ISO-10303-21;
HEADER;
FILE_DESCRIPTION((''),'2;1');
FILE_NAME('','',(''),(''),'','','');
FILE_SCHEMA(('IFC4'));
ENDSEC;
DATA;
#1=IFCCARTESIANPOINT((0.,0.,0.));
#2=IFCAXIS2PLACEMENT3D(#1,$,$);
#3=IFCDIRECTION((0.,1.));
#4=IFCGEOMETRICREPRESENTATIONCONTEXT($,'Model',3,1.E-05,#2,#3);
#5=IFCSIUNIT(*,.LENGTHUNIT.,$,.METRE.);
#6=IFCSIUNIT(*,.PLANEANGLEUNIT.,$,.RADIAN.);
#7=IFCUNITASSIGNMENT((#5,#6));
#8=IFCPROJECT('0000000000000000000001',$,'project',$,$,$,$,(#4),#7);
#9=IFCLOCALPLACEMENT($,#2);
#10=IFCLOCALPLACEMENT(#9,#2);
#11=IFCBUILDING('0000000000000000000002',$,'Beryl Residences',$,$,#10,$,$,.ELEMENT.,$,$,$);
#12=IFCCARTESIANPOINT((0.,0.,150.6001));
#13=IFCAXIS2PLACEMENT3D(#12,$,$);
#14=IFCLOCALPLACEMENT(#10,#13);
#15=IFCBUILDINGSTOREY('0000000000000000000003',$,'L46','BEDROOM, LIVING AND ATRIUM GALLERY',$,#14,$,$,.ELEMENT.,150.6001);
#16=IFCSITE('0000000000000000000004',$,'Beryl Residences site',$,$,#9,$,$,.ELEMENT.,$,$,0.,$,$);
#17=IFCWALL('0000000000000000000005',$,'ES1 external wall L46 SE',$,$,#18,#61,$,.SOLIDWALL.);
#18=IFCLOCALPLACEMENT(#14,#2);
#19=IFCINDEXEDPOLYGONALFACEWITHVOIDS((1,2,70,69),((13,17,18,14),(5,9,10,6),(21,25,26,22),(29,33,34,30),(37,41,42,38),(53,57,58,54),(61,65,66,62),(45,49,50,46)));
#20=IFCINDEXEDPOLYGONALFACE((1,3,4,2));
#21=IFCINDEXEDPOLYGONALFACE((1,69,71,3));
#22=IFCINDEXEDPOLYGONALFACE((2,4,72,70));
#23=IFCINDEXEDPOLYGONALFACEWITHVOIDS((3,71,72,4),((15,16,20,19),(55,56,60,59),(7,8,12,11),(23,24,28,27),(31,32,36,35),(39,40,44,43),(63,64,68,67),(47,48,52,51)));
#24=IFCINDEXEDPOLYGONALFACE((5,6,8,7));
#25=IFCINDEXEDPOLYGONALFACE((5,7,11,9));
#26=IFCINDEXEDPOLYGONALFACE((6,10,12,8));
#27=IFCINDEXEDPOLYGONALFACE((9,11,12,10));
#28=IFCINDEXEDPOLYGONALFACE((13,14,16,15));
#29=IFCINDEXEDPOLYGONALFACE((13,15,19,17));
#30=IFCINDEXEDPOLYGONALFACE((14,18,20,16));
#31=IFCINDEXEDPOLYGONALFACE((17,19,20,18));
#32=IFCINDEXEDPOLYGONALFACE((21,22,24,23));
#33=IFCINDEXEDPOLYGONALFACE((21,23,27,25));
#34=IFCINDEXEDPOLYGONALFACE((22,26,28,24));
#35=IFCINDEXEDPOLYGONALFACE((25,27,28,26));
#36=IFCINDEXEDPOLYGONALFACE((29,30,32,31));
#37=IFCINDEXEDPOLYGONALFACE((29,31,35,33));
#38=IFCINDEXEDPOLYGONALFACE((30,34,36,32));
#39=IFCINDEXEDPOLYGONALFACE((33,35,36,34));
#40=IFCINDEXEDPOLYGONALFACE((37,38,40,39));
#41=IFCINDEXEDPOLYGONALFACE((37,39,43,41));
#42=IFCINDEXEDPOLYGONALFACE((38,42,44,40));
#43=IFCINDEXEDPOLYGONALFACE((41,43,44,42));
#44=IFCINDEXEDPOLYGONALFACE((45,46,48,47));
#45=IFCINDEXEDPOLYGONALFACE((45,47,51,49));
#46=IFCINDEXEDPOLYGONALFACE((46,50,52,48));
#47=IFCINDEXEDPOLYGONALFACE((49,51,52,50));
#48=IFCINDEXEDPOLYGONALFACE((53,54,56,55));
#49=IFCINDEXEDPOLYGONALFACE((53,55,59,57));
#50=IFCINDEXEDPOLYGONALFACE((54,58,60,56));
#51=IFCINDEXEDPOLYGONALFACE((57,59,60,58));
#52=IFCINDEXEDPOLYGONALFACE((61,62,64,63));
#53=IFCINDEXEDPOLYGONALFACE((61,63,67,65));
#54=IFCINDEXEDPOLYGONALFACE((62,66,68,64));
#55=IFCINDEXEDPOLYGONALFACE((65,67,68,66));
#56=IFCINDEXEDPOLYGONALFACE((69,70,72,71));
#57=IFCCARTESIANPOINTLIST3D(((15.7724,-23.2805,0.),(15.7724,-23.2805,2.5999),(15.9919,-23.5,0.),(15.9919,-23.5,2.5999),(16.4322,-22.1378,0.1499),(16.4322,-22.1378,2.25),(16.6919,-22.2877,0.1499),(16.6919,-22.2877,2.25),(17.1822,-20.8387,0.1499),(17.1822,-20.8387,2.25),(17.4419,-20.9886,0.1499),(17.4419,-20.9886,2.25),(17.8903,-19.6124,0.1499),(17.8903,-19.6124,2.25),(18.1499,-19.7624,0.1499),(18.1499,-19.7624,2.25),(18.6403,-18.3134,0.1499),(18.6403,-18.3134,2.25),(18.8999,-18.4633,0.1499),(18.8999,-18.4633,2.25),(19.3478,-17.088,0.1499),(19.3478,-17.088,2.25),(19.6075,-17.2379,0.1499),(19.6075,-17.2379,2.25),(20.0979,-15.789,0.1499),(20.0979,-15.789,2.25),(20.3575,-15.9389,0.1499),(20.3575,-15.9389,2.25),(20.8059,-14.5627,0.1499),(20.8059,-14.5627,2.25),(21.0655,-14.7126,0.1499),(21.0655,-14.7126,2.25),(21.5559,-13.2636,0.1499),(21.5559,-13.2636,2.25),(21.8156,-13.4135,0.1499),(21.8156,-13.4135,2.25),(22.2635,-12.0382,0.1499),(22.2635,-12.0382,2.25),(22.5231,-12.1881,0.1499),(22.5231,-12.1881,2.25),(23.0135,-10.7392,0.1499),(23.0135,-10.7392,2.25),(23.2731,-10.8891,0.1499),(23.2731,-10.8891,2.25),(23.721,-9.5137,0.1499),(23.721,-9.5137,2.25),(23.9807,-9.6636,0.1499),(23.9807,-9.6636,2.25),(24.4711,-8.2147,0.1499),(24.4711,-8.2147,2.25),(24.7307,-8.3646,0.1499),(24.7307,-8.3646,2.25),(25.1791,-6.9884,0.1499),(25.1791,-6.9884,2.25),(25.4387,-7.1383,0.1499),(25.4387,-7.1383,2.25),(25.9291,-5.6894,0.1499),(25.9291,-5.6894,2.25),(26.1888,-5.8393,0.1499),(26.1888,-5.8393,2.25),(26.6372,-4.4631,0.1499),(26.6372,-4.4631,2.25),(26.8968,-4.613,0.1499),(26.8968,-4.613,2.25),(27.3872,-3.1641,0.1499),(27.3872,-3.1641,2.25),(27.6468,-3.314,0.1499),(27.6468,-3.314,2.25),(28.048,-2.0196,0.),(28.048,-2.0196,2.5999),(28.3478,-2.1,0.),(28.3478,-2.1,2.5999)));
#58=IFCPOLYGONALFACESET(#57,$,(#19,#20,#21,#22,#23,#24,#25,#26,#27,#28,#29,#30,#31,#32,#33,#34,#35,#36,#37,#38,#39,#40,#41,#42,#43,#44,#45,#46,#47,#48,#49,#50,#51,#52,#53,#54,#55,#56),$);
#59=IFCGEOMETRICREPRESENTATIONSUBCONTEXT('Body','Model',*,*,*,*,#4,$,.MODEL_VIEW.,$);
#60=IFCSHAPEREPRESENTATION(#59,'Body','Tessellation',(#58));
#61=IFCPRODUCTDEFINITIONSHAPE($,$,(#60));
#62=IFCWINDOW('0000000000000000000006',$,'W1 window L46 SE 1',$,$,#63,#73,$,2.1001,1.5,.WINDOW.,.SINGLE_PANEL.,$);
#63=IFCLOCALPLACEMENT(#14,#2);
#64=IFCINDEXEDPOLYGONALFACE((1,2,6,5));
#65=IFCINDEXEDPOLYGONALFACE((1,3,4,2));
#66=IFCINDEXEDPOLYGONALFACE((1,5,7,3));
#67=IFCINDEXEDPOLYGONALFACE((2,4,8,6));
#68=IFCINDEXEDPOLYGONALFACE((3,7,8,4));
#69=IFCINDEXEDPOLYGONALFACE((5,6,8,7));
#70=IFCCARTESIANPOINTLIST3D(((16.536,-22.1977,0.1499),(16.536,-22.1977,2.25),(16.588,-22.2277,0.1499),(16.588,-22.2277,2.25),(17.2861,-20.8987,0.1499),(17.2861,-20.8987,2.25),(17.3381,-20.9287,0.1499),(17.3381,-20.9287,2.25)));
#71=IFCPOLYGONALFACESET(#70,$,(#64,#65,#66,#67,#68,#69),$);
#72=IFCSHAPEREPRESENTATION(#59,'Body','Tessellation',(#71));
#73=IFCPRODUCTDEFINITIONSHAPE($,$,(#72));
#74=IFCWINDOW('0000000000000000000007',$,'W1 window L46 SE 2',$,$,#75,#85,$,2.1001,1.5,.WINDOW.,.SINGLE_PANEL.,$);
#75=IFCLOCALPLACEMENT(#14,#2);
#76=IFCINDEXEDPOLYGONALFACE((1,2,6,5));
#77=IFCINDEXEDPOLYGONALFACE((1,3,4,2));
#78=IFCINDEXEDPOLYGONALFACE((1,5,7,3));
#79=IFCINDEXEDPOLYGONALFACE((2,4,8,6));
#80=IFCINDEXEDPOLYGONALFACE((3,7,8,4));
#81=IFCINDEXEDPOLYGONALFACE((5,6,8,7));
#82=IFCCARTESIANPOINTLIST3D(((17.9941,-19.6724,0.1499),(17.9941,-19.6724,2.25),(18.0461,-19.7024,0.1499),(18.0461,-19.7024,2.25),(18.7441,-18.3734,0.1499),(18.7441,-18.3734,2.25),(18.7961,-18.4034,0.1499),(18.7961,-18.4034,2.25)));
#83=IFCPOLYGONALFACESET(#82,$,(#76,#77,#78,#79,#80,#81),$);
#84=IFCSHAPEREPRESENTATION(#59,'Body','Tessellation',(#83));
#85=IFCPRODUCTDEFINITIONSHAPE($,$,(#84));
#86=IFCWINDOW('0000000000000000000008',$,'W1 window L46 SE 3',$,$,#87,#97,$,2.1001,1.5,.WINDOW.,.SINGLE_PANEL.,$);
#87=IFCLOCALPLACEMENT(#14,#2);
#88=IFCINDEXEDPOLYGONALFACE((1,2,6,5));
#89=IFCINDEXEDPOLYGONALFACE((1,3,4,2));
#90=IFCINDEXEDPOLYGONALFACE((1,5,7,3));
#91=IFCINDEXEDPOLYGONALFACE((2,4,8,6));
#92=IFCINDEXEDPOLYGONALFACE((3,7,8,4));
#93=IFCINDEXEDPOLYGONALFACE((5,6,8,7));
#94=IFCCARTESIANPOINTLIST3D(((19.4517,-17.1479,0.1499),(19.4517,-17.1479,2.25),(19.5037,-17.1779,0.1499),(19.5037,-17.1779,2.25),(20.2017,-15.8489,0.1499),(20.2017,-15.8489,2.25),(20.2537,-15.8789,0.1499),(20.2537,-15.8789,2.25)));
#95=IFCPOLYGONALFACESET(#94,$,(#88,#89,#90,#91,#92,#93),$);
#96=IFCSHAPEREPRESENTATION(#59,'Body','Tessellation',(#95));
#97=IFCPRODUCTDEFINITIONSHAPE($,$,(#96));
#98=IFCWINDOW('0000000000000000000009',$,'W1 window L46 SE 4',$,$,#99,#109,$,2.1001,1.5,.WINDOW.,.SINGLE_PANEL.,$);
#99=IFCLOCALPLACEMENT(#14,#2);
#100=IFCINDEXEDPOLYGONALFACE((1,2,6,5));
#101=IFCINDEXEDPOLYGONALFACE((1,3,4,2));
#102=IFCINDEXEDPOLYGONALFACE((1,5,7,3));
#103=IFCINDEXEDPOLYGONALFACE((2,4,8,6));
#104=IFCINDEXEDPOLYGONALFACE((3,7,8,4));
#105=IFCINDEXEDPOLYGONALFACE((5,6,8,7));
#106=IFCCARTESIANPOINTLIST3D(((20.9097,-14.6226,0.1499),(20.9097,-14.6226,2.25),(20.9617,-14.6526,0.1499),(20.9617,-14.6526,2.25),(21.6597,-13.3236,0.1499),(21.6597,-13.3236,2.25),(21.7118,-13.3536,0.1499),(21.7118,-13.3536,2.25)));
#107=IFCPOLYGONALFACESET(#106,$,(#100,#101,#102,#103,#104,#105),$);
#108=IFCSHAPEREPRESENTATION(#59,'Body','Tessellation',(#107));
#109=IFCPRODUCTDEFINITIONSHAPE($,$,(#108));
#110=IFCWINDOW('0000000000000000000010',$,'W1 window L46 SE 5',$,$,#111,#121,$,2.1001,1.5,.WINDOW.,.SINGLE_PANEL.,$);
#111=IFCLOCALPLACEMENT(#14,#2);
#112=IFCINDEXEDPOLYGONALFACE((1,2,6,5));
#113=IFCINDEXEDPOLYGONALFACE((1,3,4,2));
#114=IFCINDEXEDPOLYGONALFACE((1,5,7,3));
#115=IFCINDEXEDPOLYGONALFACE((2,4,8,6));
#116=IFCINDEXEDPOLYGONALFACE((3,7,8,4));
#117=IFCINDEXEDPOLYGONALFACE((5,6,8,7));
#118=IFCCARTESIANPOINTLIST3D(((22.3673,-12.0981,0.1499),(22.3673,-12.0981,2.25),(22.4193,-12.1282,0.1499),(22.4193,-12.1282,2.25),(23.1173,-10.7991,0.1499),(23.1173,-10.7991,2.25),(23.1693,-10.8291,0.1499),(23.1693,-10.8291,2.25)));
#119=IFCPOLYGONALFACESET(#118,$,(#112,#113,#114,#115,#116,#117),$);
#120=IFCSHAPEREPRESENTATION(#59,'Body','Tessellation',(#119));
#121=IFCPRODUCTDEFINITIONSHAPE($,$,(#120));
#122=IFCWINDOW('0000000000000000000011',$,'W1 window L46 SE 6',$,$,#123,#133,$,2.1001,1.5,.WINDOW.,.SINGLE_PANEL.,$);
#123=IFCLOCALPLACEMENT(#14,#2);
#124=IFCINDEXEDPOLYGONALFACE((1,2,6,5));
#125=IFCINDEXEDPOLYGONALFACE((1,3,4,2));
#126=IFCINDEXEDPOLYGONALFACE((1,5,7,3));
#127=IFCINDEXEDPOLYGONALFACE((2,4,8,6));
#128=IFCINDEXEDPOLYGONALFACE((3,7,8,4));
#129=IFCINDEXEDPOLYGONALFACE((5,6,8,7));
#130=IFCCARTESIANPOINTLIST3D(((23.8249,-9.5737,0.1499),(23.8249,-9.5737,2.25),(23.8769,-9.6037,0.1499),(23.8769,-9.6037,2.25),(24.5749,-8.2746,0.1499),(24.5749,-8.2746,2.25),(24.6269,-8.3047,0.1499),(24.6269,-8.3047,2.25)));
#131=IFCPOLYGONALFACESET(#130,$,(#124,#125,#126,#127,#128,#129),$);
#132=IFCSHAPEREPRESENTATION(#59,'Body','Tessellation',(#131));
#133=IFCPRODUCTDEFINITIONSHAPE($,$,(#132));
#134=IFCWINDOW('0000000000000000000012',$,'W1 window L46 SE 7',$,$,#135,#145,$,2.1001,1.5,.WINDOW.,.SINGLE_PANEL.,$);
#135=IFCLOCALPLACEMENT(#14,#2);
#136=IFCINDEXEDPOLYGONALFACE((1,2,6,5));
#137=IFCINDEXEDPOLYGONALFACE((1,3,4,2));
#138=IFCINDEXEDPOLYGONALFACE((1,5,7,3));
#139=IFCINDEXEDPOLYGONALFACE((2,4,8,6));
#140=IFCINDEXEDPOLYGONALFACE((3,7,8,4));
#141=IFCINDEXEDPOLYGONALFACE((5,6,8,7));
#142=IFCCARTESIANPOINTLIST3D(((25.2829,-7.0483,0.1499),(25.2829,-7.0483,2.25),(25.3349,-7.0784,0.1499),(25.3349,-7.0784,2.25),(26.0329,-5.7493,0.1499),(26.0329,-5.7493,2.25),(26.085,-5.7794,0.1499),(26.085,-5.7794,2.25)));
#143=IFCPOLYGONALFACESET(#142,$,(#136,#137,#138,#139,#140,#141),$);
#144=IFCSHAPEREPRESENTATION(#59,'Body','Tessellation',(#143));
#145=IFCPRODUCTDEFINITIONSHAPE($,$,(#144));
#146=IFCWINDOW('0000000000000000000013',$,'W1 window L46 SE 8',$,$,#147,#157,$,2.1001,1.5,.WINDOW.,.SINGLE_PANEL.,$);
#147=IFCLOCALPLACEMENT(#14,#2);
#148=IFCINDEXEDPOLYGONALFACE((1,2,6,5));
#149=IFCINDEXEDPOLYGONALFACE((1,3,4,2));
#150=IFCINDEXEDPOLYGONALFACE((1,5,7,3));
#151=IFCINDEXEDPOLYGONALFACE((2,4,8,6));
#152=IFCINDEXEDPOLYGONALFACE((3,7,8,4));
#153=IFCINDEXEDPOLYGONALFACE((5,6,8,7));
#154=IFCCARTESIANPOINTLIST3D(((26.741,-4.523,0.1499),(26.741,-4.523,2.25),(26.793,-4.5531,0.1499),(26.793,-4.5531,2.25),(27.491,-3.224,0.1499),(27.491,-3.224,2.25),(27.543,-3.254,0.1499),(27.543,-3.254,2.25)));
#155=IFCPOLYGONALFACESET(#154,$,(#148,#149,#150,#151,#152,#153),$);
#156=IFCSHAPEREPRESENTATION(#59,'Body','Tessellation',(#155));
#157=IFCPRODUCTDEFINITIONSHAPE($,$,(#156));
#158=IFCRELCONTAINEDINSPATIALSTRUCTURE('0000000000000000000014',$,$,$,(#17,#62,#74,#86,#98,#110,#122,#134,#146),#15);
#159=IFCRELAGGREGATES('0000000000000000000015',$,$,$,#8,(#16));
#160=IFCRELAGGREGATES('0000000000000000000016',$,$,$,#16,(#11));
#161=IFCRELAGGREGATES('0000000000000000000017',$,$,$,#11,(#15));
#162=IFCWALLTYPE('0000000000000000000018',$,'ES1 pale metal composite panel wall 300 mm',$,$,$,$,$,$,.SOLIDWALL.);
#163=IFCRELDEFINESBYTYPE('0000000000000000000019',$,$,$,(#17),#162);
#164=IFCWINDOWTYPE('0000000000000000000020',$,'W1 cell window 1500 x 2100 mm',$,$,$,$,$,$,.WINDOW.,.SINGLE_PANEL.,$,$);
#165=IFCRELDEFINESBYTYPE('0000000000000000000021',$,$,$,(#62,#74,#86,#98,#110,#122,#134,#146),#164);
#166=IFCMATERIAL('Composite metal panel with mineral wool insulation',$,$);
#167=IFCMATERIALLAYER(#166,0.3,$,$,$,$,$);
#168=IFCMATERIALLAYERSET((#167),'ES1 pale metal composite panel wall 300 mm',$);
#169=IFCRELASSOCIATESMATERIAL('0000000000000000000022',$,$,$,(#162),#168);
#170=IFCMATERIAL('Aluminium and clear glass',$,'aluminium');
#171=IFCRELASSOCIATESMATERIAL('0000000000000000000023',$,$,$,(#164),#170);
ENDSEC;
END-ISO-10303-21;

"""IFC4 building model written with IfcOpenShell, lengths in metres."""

from ifc_helpers import new_model, si_unit, direction, frame, frame_2d, origin, place, context, subcontext, project, spatial, polyline, rectangle, outline, extrude, material, layer, layer_set, type_object, element, fill, save


model = new_model("IFC4")

# Units and contexts
model_context = context("Model", 3, precision=1e-05, world=origin(), true_north=direction((0.0, 1.0)))
body_context = subcontext(model_context, "Body", "Model", "MODEL_VIEW")
ifc_project = project(units=[si_unit("LENGTHUNIT", "METRE"), si_unit("PLANEANGLEUNIT", "RADIAN")], contexts=[model_context])

# Site, building, storey
site_placement = place(None, origin())
site = spatial("IfcSite", under=ifc_project, at=site_placement, Name="Beryl Residences site", CompositionType="ELEMENT", RefElevation=0.0)
building_placement = place(site_placement, origin())
building = spatial("IfcBuilding", under=site, at=building_placement, Name="Beryl Residences", CompositionType="ELEMENT")
storey_placement = place(building_placement, frame((0.0, 0.0, 150.6001)))
storey = spatial("IfcBuildingStorey", under=building, at=storey_placement, Name="L46", Description="BEDROOM, LIVING AND ATRIUM GALLERY", CompositionType="ELEMENT", Elevation=150.6001)

# Wall, openings, windows
ifc_material_1 = material(Name="Composite metal panel with mineral wool insulation")
ifc_layer_1 = layer(ifc_material_1, 0.3)
ifc_layer_set_1 = layer_set([ifc_layer_1], Name="ES1 pale metal composite panel wall 300 mm")
wall_type_1 = type_object("IfcWallType", Name="ES1 pale metal composite panel wall 300 mm", PredefinedType="SOLIDWALL", material=ifc_layer_set_1)
wall_1_placement = place(storey_placement, frame((15.8621, -23.425, 0.0), z_axis=(0.0, 0.0, 1.0), x_axis=(0.500018, 0.866015, 0.0)))
wall_1 = element("IfcWall", 1, at=wall_1_placement, inside=storey, type_object=wall_type_1, Name="ES1 external wall L46 SE", PredefinedType="SOLIDWALL", context=body_context, shape_type="SweptSolid", body=[
    extrude(outline(polyline([(0.0, -0.1499), (24.7109, -0.1499), (24.6306, 0.1499), (0.0803, 0.1499), (0.0, -0.1499)])), origin(), (0.0, 0.0, 1.0), 2.5999),
])
opening_1_placement = place(wall_1_placement, frame((1.3999, 0.0, 0.1499)))
opening_1 = element("IfcOpeningElement", 2, at=opening_1_placement, cuts=wall_1, PredefinedType="OPENING", context=body_context, shape_type="SweptSolid", body=[
    extrude(rectangle(XDim=1.5, YDim=2.1001, at=frame_2d((0.75, 1.05))), frame((0.0, 0.1599, 0.0), z_axis=(0.0, -1.0, 0.0), x_axis=(1.0, 0.0, 0.0)), (0.0, 0.0, 1.0), 0.3201),
])
opening_2_placement = place(wall_1_placement, frame((4.3159, 0.0, 0.1499)))
opening_2 = element("IfcOpeningElement", 3, at=opening_2_placement, cuts=wall_1, PredefinedType="OPENING", context=body_context, shape_type="SweptSolid", body=[
    extrude(rectangle(XDim=1.5, YDim=2.1001, at=frame_2d((0.75, 1.05))), frame((0.0, 0.1599, 0.0), z_axis=(0.0, -1.0, 0.0), x_axis=(1.0, 0.0, 0.0)), (0.0, 0.0, 1.0), 0.3201),
])
opening_3_placement = place(wall_1_placement, frame((7.231, 0.0, 0.1499)))
opening_3 = element("IfcOpeningElement", 4, at=opening_3_placement, cuts=wall_1, PredefinedType="OPENING", context=body_context, shape_type="SweptSolid", body=[
    extrude(rectangle(XDim=1.5, YDim=2.1001, at=frame_2d((0.75, 1.05))), frame((0.0, 0.1599, 0.0), z_axis=(0.0, -1.0, 0.0), x_axis=(1.0, 0.0, 0.0)), (0.0, 0.0, 1.0), 0.3201),
])
opening_4_placement = place(wall_1_placement, frame((10.147, 0.0, 0.1499)))
opening_4 = element("IfcOpeningElement", 5, at=opening_4_placement, cuts=wall_1, PredefinedType="OPENING", context=body_context, shape_type="SweptSolid", body=[
    extrude(rectangle(XDim=1.5, YDim=2.1001, at=frame_2d((0.75, 1.05))), frame((0.0, 0.1599, 0.0), z_axis=(0.0, -1.0, 0.0), x_axis=(1.0, 0.0, 0.0)), (0.0, 0.0, 1.0), 0.3201),
])
opening_5_placement = place(wall_1_placement, frame((13.062, 0.0, 0.1499)))
opening_5 = element("IfcOpeningElement", 6, at=opening_5_placement, cuts=wall_1, PredefinedType="OPENING", context=body_context, shape_type="SweptSolid", body=[
    extrude(rectangle(XDim=1.5, YDim=2.1001, at=frame_2d((0.75, 1.05))), frame((0.0, 0.1599, 0.0), z_axis=(0.0, -1.0, 0.0), x_axis=(1.0, 0.0, 0.0)), (0.0, 0.0, 1.0), 0.3201),
])
opening_6_placement = place(wall_1_placement, frame((15.9771, 0.0, 0.1499)))
opening_6 = element("IfcOpeningElement", 7, at=opening_6_placement, cuts=wall_1, PredefinedType="OPENING", context=body_context, shape_type="SweptSolid", body=[
    extrude(rectangle(XDim=1.5, YDim=2.1001, at=frame_2d((0.75, 1.05))), frame((0.0, 0.1599, 0.0), z_axis=(0.0, -1.0, 0.0), x_axis=(1.0, 0.0, 0.0)), (0.0, 0.0, 1.0), 0.3201),
])
opening_7_placement = place(wall_1_placement, frame((18.8931, 0.0, 0.1499)))
opening_7 = element("IfcOpeningElement", 8, at=opening_7_placement, cuts=wall_1, PredefinedType="OPENING", context=body_context, shape_type="SweptSolid", body=[
    extrude(rectangle(XDim=1.5, YDim=2.1001, at=frame_2d((0.75, 1.05))), frame((0.0, 0.1599, 0.0), z_axis=(0.0, -1.0, 0.0), x_axis=(1.0, 0.0, 0.0)), (0.0, 0.0, 1.0), 0.3201),
])
opening_8_placement = place(wall_1_placement, frame((21.8091, 0.0, 0.1499)))
opening_8 = element("IfcOpeningElement", 9, at=opening_8_placement, cuts=wall_1, PredefinedType="OPENING", context=body_context, shape_type="SweptSolid", body=[
    extrude(rectangle(XDim=1.5, YDim=2.1001, at=frame_2d((0.75, 1.05))), frame((0.0, 0.1599, 0.0), z_axis=(0.0, -1.0, 0.0), x_axis=(1.0, 0.0, 0.0)), (0.0, 0.0, 1.0), 0.3201),
])
ifc_material_2 = material(Name="Aluminium and clear glass", Category="aluminium")
window_type = type_object("IfcWindowType", Name="W1 cell window 1500 x 2100 mm", PartitioningType="SINGLE_PANEL", PredefinedType="WINDOW", material=ifc_material_2)
window_1_placement = place(opening_1_placement, origin())
window_1 = element("IfcWindow", 10, at=window_1_placement, inside=storey, type_object=window_type, Name="W1 window L46 SE 1", OverallHeight=2.1001, OverallWidth=1.5, PartitioningType="SINGLE_PANEL", PredefinedType="WINDOW", context=body_context, shape_type="SweptSolid", body=[
    extrude(rectangle(XDim=1.5, YDim=2.1001, at=frame_2d((0.75, 1.05))), frame((0.0, 0.03, 0.0), z_axis=(0.0, -1.0, 0.0), x_axis=(1.0, 0.0, 0.0)), (0.0, 0.0, 1.0), 0.0601),
])
fill(opening_1, window_1)
window_2_placement = place(opening_2_placement, origin())
window_2 = element("IfcWindow", 11, at=window_2_placement, inside=storey, type_object=window_type, Name="W1 window L46 SE 2", OverallHeight=2.1001, OverallWidth=1.5, PartitioningType="SINGLE_PANEL", PredefinedType="WINDOW", context=body_context, shape_type="SweptSolid", body=[
    extrude(rectangle(XDim=1.5, YDim=2.1001, at=frame_2d((0.75, 1.05))), frame((0.0, 0.03, 0.0), z_axis=(0.0, -1.0, 0.0), x_axis=(1.0, 0.0, 0.0)), (0.0, 0.0, 1.0), 0.0601),
])
fill(opening_2, window_2)
window_3_placement = place(opening_3_placement, origin())
window_3 = element("IfcWindow", 12, at=window_3_placement, inside=storey, type_object=window_type, Name="W1 window L46 SE 3", OverallHeight=2.1001, OverallWidth=1.5, PartitioningType="SINGLE_PANEL", PredefinedType="WINDOW", context=body_context, shape_type="SweptSolid", body=[
    extrude(rectangle(XDim=1.5, YDim=2.1001, at=frame_2d((0.75, 1.05))), frame((0.0, 0.03, 0.0), z_axis=(0.0, -1.0, 0.0), x_axis=(1.0, 0.0, 0.0)), (0.0, 0.0, 1.0), 0.0601),
])
fill(opening_3, window_3)
window_4_placement = place(opening_4_placement, origin())
window_4 = element("IfcWindow", 13, at=window_4_placement, inside=storey, type_object=window_type, Name="W1 window L46 SE 4", OverallHeight=2.1001, OverallWidth=1.5, PartitioningType="SINGLE_PANEL", PredefinedType="WINDOW", context=body_context, shape_type="SweptSolid", body=[
    extrude(rectangle(XDim=1.5, YDim=2.1001, at=frame_2d((0.75, 1.05))), frame((0.0, 0.03, 0.0), z_axis=(0.0, -1.0, 0.0), x_axis=(1.0, 0.0, 0.0)), (0.0, 0.0, 1.0), 0.0601),
])
fill(opening_4, window_4)
window_5_placement = place(opening_5_placement, origin())
window_5 = element("IfcWindow", 14, at=window_5_placement, inside=storey, type_object=window_type, Name="W1 window L46 SE 5", OverallHeight=2.1001, OverallWidth=1.5, PartitioningType="SINGLE_PANEL", PredefinedType="WINDOW", context=body_context, shape_type="SweptSolid", body=[
    extrude(rectangle(XDim=1.5, YDim=2.1001, at=frame_2d((0.75, 1.05))), frame((0.0, 0.03, 0.0), z_axis=(0.0, -1.0, 0.0), x_axis=(1.0, 0.0, 0.0)), (0.0, 0.0, 1.0), 0.0601),
])
fill(opening_5, window_5)
window_6_placement = place(opening_6_placement, origin())
window_6 = element("IfcWindow", 15, at=window_6_placement, inside=storey, type_object=window_type, Name="W1 window L46 SE 6", OverallHeight=2.1001, OverallWidth=1.5, PartitioningType="SINGLE_PANEL", PredefinedType="WINDOW", context=body_context, shape_type="SweptSolid", body=[
    extrude(rectangle(XDim=1.5, YDim=2.1001, at=frame_2d((0.75, 1.05))), frame((0.0, 0.03, 0.0), z_axis=(0.0, -1.0, 0.0), x_axis=(1.0, 0.0, 0.0)), (0.0, 0.0, 1.0), 0.0601),
])
fill(opening_6, window_6)
window_7_placement = place(opening_7_placement, origin())
window_7 = element("IfcWindow", 16, at=window_7_placement, inside=storey, type_object=window_type, Name="W1 window L46 SE 7", OverallHeight=2.1001, OverallWidth=1.5, PartitioningType="SINGLE_PANEL", PredefinedType="WINDOW", context=body_context, shape_type="SweptSolid", body=[
    extrude(rectangle(XDim=1.5, YDim=2.1001, at=frame_2d((0.75, 1.05))), frame((0.0, 0.03, 0.0), z_axis=(0.0, -1.0, 0.0), x_axis=(1.0, 0.0, 0.0)), (0.0, 0.0, 1.0), 0.0601),
])
fill(opening_7, window_7)
window_8_placement = place(opening_8_placement, origin())
window_8 = element("IfcWindow", 17, at=window_8_placement, inside=storey, type_object=window_type, Name="W1 window L46 SE 8", OverallHeight=2.1001, OverallWidth=1.5, PartitioningType="SINGLE_PANEL", PredefinedType="WINDOW", context=body_context, shape_type="SweptSolid", body=[
    extrude(rectangle(XDim=1.5, YDim=2.1001, at=frame_2d((0.75, 1.05))), frame((0.0, 0.03, 0.0), z_axis=(0.0, -1.0, 0.0), x_axis=(1.0, 0.0, 0.0)), (0.0, 0.0, 1.0), 0.0601),
])
fill(opening_8, window_8)

save(model, "model.ifc")
